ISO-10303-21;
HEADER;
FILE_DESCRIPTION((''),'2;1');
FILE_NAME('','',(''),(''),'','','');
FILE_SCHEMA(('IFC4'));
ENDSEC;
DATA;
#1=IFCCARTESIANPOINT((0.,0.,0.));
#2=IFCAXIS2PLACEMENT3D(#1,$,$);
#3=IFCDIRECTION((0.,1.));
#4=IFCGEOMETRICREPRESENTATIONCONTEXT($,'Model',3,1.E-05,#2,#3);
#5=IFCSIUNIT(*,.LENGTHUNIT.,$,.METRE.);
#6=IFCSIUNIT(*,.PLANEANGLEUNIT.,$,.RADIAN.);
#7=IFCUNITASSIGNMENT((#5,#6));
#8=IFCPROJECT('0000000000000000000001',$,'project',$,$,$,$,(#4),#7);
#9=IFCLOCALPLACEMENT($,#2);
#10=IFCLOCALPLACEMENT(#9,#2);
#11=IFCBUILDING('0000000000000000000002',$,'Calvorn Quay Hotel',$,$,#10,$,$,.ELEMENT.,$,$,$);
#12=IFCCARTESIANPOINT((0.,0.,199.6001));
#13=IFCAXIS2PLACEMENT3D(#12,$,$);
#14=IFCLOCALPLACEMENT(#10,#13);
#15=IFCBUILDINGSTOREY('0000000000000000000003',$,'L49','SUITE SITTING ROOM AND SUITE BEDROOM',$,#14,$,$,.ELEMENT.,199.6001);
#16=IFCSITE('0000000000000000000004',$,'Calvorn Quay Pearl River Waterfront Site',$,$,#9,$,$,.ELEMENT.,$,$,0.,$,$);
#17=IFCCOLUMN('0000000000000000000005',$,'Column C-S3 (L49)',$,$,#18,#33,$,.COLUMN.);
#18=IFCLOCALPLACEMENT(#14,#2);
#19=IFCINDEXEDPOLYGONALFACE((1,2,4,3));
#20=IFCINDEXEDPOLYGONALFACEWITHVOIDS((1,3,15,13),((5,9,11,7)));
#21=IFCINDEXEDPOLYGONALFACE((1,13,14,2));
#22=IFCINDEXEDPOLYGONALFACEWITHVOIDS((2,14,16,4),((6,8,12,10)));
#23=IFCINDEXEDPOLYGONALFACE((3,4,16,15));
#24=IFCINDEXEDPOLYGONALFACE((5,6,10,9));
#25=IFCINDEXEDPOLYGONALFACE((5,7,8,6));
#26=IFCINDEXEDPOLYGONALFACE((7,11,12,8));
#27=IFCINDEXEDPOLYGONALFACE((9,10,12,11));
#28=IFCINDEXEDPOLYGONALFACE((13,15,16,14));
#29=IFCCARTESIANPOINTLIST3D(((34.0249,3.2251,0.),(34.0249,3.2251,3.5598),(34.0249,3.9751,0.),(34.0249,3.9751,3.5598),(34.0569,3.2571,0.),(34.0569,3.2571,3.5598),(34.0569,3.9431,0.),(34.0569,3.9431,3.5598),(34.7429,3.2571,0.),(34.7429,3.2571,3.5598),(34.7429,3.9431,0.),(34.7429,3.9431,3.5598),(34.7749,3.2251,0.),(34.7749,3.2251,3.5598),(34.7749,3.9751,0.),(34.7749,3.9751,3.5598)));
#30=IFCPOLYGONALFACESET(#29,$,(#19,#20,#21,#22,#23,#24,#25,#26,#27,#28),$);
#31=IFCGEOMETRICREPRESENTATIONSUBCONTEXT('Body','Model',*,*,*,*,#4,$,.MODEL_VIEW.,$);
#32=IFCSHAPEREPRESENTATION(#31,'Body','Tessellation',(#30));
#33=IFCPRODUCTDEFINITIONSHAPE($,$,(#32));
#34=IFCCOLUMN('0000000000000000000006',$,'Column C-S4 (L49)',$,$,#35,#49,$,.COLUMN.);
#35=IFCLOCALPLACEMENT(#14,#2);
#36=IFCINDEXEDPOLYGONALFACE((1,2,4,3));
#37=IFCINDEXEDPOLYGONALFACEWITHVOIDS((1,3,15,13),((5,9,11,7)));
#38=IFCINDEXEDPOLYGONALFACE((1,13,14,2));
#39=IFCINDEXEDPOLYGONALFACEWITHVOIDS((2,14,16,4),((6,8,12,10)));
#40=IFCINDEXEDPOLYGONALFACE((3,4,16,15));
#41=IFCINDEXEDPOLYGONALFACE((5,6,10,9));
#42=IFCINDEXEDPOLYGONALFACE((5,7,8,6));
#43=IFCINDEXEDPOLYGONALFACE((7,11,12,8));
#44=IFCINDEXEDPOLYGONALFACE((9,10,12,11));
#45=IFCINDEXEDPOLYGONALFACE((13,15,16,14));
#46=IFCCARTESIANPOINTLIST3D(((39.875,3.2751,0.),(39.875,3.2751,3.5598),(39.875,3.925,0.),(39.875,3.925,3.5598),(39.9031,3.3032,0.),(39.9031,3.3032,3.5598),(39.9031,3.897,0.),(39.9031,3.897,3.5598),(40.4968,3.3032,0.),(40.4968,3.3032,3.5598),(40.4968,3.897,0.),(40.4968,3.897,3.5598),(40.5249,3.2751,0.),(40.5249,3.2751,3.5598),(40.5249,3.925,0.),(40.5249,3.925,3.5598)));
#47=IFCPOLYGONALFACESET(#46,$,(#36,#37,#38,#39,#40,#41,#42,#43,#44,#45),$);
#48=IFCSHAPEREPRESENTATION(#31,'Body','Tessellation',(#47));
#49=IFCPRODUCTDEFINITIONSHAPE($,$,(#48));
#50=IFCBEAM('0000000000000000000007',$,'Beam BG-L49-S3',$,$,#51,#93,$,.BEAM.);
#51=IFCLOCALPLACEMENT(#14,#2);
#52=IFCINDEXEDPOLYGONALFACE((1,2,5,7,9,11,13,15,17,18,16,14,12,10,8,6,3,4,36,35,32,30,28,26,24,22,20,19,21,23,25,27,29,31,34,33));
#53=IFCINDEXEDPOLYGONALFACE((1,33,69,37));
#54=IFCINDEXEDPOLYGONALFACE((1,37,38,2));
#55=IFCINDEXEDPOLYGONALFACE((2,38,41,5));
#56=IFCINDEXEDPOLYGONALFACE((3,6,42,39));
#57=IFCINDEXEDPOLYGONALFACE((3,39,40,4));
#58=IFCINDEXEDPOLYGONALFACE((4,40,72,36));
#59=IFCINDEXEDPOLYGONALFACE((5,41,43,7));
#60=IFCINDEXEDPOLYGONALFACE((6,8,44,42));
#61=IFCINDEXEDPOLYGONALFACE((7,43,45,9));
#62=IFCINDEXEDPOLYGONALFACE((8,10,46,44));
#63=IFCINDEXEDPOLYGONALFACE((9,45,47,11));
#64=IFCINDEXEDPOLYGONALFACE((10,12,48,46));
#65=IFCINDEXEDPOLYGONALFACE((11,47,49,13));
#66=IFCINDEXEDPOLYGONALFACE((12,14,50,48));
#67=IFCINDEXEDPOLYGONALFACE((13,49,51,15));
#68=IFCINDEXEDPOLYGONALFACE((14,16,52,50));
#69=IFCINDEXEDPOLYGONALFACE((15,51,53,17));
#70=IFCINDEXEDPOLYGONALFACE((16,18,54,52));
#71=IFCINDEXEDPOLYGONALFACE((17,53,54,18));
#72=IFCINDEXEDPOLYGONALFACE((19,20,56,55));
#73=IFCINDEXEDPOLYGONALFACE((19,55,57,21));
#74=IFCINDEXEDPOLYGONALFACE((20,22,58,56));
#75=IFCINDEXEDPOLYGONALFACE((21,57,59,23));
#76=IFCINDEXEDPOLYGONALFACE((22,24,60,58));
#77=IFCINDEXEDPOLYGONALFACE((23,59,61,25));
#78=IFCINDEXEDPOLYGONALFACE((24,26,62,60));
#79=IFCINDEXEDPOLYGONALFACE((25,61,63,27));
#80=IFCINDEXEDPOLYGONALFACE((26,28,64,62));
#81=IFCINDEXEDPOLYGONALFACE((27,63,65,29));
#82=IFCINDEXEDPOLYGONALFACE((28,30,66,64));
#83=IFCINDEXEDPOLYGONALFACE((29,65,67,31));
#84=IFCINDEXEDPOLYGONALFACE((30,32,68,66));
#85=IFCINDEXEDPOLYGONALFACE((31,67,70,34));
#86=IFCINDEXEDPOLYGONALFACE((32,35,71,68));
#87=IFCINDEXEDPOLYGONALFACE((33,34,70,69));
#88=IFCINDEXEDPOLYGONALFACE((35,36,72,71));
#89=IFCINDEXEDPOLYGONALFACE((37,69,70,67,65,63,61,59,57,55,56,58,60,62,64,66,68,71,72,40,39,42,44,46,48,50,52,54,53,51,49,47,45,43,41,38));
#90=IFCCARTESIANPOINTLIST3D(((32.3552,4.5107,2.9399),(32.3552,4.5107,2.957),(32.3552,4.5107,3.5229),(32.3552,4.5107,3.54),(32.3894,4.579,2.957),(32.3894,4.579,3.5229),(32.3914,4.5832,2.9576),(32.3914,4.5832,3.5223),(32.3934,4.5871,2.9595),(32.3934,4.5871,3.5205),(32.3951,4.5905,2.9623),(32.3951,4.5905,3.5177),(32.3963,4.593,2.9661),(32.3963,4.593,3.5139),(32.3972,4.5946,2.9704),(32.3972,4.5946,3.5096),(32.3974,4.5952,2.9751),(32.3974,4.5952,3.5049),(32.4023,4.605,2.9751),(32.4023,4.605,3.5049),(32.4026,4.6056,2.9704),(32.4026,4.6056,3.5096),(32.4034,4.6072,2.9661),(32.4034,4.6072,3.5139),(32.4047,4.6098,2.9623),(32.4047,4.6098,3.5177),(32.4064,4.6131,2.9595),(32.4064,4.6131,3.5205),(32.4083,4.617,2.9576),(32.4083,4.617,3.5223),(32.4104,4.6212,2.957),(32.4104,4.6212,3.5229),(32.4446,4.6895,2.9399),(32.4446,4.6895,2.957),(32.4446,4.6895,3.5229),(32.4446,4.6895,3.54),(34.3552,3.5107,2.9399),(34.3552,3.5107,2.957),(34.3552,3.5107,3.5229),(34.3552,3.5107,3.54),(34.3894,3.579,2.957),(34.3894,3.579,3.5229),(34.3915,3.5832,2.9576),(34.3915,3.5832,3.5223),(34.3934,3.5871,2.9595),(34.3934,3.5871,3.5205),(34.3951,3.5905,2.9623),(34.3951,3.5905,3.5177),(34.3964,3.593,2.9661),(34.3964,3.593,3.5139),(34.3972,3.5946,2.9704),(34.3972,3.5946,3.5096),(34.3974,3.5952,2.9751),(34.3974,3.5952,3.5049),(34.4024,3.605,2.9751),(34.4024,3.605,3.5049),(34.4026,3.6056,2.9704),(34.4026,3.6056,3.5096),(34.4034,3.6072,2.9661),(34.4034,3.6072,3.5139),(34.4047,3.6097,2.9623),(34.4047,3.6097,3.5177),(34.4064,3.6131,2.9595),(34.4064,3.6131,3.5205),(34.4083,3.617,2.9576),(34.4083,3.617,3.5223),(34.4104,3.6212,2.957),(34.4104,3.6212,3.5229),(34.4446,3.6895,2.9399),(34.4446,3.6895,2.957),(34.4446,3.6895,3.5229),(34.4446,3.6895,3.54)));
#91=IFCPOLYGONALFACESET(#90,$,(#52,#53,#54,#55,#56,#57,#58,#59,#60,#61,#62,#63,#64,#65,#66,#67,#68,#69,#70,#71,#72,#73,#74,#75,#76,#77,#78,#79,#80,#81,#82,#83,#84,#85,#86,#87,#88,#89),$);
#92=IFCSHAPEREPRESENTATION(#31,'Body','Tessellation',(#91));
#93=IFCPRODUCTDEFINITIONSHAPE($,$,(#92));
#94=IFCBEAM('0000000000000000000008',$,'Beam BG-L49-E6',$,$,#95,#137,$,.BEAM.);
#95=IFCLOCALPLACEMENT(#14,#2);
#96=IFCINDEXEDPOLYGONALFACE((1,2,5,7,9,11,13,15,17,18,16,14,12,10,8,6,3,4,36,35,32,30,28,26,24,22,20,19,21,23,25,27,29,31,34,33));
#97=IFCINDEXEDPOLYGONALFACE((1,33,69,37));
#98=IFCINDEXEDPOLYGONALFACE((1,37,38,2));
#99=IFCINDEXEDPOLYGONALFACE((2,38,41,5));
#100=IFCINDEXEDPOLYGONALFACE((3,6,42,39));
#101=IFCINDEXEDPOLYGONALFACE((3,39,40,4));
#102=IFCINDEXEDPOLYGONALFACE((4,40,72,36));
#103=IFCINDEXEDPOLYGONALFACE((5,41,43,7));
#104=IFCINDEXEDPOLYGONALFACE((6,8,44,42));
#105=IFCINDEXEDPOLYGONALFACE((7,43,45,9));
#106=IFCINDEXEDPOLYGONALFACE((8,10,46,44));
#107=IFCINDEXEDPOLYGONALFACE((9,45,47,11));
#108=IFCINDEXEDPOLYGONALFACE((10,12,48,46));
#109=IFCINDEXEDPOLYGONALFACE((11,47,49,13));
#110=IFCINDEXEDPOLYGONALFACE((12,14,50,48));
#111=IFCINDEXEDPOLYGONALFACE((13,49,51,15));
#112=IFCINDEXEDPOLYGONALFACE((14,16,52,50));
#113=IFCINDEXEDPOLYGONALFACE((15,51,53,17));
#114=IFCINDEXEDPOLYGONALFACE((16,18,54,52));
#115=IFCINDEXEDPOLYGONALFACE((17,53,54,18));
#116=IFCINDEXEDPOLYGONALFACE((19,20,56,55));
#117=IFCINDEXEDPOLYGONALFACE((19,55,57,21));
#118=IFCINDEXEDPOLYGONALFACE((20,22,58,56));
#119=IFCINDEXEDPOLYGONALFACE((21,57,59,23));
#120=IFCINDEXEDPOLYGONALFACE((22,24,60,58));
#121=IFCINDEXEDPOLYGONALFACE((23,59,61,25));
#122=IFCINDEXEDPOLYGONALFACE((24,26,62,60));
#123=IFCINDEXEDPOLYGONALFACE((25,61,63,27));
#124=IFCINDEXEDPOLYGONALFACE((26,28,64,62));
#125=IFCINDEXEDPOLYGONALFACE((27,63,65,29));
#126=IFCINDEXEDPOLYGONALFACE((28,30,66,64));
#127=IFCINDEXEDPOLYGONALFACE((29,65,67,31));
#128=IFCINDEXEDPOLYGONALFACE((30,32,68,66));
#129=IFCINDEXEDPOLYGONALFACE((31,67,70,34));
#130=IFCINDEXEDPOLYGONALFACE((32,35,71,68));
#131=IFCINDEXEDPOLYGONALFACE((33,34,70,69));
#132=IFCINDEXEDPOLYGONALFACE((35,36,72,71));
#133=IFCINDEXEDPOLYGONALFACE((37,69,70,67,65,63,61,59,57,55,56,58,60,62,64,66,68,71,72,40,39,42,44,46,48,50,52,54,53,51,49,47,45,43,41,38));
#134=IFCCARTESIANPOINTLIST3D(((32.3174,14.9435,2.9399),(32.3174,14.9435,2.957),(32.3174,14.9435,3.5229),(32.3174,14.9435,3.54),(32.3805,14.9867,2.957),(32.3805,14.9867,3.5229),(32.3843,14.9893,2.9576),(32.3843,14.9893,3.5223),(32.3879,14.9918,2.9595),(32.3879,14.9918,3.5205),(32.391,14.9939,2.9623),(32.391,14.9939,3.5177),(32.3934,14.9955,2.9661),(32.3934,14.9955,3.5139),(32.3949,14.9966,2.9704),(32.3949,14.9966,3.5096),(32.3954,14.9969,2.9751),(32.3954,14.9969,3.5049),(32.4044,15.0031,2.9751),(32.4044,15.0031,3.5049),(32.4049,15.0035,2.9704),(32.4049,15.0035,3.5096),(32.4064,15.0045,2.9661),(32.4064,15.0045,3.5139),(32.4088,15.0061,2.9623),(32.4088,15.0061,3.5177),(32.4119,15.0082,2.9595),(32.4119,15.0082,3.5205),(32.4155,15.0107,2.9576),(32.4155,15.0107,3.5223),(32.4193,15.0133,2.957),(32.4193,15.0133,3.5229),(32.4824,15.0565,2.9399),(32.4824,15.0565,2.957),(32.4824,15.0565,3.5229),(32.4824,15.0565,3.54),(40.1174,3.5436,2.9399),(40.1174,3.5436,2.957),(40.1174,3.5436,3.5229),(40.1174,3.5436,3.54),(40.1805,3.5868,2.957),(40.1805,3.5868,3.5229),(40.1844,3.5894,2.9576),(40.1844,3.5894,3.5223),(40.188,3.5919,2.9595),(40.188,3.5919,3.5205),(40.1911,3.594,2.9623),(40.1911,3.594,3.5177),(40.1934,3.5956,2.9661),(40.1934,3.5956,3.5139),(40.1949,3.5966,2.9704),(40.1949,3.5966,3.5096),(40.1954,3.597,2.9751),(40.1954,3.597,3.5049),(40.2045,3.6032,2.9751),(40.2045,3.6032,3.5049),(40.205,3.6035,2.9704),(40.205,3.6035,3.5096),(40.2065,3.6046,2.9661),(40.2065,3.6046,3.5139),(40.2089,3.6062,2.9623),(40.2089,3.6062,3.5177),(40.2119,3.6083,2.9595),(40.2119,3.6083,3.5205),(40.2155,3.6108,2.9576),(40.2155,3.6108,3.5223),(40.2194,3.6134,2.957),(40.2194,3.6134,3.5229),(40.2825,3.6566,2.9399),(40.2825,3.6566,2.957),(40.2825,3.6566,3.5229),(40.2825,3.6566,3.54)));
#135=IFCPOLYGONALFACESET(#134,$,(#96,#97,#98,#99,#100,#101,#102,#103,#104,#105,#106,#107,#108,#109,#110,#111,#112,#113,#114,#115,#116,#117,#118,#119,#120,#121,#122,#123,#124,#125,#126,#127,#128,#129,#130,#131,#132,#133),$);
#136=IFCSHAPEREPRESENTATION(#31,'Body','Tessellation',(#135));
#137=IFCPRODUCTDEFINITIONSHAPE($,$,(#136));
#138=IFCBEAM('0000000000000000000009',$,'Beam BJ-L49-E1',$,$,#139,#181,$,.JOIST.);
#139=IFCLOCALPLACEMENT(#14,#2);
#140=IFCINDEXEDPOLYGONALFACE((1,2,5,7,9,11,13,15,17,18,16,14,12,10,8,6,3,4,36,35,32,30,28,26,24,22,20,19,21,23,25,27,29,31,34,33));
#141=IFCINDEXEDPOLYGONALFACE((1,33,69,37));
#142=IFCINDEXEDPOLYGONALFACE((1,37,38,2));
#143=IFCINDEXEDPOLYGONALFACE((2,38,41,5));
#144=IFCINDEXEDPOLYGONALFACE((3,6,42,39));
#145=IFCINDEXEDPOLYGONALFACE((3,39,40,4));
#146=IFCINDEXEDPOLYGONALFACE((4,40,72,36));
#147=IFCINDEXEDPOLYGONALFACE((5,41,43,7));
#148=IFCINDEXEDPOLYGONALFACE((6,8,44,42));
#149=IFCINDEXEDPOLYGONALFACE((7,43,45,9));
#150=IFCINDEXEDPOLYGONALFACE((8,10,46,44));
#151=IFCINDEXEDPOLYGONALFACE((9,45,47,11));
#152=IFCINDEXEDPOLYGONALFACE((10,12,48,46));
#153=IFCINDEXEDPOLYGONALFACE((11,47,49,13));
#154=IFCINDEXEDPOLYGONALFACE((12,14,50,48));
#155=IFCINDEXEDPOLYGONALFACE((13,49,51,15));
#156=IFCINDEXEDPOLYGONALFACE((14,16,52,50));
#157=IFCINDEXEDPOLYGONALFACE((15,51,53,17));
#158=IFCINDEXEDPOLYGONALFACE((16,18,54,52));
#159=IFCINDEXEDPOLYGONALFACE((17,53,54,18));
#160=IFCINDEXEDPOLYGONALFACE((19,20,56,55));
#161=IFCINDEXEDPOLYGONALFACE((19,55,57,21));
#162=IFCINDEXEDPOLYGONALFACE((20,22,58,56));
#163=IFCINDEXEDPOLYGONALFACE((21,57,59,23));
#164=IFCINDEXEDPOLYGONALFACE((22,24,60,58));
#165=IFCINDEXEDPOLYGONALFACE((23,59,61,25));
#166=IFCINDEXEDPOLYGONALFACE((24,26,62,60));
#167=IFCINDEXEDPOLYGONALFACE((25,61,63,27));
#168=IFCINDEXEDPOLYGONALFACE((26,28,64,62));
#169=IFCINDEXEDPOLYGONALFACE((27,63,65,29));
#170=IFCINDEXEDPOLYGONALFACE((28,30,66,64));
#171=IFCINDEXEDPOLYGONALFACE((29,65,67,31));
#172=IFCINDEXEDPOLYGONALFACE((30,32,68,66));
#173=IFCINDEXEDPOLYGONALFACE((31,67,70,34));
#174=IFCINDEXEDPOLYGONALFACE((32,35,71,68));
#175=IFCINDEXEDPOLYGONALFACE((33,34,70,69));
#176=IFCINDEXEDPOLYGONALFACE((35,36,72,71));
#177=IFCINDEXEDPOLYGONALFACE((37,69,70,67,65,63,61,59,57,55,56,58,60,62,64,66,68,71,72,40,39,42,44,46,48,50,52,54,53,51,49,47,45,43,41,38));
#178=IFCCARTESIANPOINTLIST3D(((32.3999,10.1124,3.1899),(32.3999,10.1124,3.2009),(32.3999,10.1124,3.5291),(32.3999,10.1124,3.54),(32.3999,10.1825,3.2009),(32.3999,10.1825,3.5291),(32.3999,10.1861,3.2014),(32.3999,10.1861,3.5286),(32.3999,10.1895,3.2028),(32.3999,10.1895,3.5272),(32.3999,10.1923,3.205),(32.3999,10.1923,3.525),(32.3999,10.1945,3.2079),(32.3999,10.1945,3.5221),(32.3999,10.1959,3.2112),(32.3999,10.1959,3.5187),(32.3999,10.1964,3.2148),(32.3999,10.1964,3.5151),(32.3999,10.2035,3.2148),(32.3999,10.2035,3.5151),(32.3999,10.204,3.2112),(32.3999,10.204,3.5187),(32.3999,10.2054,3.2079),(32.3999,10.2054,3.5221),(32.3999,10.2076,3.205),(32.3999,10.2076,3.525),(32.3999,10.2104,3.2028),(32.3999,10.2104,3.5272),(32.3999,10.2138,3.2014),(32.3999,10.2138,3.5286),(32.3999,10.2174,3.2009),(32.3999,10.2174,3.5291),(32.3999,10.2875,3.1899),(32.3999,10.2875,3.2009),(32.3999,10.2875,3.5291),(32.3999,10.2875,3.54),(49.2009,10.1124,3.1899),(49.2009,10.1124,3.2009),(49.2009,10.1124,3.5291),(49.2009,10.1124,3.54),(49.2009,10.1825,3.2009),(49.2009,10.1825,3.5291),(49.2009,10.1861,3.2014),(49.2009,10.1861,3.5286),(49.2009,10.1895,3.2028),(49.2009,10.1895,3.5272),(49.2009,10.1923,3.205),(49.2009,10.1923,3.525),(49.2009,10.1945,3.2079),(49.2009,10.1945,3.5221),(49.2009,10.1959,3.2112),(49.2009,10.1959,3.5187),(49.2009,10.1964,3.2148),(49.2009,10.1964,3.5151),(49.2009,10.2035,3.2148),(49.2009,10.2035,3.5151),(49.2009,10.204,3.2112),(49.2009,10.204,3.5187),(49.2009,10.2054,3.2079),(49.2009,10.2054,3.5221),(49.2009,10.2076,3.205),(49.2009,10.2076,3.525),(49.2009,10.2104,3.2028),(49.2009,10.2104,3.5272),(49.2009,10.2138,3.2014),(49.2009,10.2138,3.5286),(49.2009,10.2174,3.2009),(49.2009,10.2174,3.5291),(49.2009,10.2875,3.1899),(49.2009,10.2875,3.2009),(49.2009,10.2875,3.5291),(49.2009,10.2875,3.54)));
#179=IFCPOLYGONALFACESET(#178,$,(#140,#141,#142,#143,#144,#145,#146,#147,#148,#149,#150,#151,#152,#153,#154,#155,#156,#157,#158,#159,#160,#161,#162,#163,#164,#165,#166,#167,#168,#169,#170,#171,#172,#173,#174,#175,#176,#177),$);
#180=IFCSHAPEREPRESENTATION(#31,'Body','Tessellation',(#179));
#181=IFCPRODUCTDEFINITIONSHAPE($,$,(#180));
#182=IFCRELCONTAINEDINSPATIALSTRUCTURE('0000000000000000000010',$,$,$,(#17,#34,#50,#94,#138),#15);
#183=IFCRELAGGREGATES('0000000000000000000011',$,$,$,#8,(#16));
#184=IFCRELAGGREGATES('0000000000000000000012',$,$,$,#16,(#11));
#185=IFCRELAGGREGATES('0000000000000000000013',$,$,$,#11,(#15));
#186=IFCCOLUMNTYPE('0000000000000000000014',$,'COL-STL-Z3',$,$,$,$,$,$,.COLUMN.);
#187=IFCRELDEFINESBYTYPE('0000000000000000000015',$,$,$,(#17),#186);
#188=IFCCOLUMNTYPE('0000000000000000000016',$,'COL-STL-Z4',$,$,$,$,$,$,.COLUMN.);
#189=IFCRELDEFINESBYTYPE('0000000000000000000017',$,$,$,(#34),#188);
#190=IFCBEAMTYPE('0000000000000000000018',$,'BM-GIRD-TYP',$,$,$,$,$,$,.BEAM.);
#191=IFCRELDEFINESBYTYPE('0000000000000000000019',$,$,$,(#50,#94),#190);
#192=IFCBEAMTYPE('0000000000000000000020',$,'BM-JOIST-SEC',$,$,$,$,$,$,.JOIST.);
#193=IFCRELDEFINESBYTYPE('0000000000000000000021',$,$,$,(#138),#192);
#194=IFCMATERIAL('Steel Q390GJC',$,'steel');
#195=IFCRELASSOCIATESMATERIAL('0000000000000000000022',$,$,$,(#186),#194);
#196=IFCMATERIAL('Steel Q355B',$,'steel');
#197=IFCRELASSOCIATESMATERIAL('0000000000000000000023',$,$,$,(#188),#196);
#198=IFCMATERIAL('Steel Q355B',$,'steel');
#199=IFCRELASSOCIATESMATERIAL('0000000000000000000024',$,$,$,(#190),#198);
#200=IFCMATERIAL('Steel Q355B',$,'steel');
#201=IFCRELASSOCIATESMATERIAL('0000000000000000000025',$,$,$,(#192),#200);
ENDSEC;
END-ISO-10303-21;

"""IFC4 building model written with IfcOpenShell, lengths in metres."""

from ifc_helpers import new_model, si_unit, direction, frame, origin, origin_2d, place, context, subcontext, project, spatial, hollow_rectangle, i_section, extrude, material, material_profile, profile_set, type_object, element, save


model = new_model("IFC4")

# Units and contexts
model_context = context("Model", 3, precision=1e-05, world=origin(), true_north=direction((0.0, 1.0)))
body_context = subcontext(model_context, "Body", "Model", "MODEL_VIEW")
ifc_project = project(units=[si_unit("LENGTHUNIT", "METRE"), si_unit("PLANEANGLEUNIT", "RADIAN")], contexts=[model_context])

# Site, building, storey
site_placement = place(None, origin())
site = spatial("IfcSite", under=ifc_project, at=site_placement, Name="Calvorn Quay Pearl River Waterfront Site", CompositionType="ELEMENT", RefElevation=0.0)
building_placement = place(site_placement, origin())
building = spatial("IfcBuilding", under=site, at=building_placement, Name="Calvorn Quay Hotel", CompositionType="ELEMENT")
storey_placement = place(building_placement, frame((0.0, 0.0, 199.6001)))
storey = spatial("IfcBuildingStorey", under=building, at=storey_placement, Name="L49", Description="SUITE SITTING ROOM AND SUITE BEDROOM", CompositionType="ELEMENT", Elevation=199.6001)

# Columns
ifc_material_1 = material(Name="Steel Q390GJC", Category="steel")
ifc_material_profile_1 = material_profile(ifc_material_1, hollow_rectangle(XDim=0.75, YDim=0.75, WallThickness=0.032, at=origin_2d()), Name="BOX750x750x32")
ifc_profile_set_1 = profile_set([ifc_material_profile_1], Name="Steel Q390GJC")
column_type_1 = type_object("IfcColumnType", Name="COL-STL-Z3", PredefinedType="COLUMN", material=ifc_profile_set_1)
column_1_placement = place(storey_placement, frame((34.3999, 3.6001, 0.0), z_axis=(0.0, 0.0, 1.0), x_axis=(1.0, 0.0, 0.0)))
element("IfcColumn", 1, at=column_1_placement, inside=storey, type_object=column_type_1, Name="Column C-S3 (L49)", PredefinedType="COLUMN", context=body_context, shape_type="SweptSolid", body=[
    extrude(hollow_rectangle(XDim=0.75, YDim=0.75, WallThickness=0.032, at=origin_2d()), origin(), (0.0, 0.0, 1.0), 3.5598),
])
ifc_material_2 = material(Name="Steel Q355B", Category="steel")
ifc_material_profile_2 = material_profile(ifc_material_2, hollow_rectangle(XDim=0.6499, YDim=0.6499, WallThickness=0.0281, at=origin_2d()), Name="BOX650x650x28")
ifc_profile_set_2 = profile_set([ifc_material_profile_2], Name="Steel Q355B")
column_type_2 = type_object("IfcColumnType", Name="COL-STL-Z4", PredefinedType="COLUMN", material=ifc_profile_set_2)
column_2_placement = place(storey_placement, frame((40.2, 3.6001, 0.0), z_axis=(0.0, 0.0, 1.0), x_axis=(1.0, 0.0, 0.0)))
element("IfcColumn", 2, at=column_2_placement, inside=storey, type_object=column_type_2, Name="Column C-S4 (L49)", PredefinedType="COLUMN", context=body_context, shape_type="SweptSolid", body=[
    extrude(hollow_rectangle(XDim=0.6499, YDim=0.6499, WallThickness=0.0281, at=origin_2d()), origin(), (0.0, 0.0, 1.0), 3.5598),
])

# Beams
ifc_material_3 = material(Name="Steel Q355B", Category="steel")
ifc_material_profile_3 = material_profile(ifc_material_3, i_section(OverallWidth=0.2, OverallDepth=0.6001, WebThickness=0.011, FlangeThickness=0.0171, FilletRadius=0.0181, at=origin_2d()), Name="HN600x200x11x17")
ifc_profile_set_3 = profile_set([ifc_material_profile_3], Name="Steel Q355B")
beam_type_1 = type_object("IfcBeamType", Name="BM-GIRD-TYP", PredefinedType="BEAM", material=ifc_profile_set_3)
beam_1_placement = place(storey_placement, frame((34.3999, 3.6001, 3.24), z_axis=(-0.894427, 0.447214, 0.0), x_axis=(-0.447214, -0.894427, 0.0)))
element("IfcBeam", 3, at=beam_1_placement, inside=storey, type_object=beam_type_1, Name="Beam BG-L49-S3", PredefinedType="BEAM", context=body_context, shape_type="SweptSolid", body=[
    extrude(i_section(OverallWidth=0.2, OverallDepth=0.6001, WebThickness=0.011, FlangeThickness=0.0171, FilletRadius=0.0181, at=origin_2d()), origin(), (0.0, 0.0, 1.0), 2.2361),
])
beam_2_placement = place(storey_placement, frame((40.2, 3.6001, 3.24), z_axis=(-0.56469, 0.825303, 0.0), x_axis=(-0.825303, -0.56469, 0.0)))
element("IfcBeam", 4, at=beam_2_placement, inside=storey, type_object=beam_type_1, Name="Beam BG-L49-E6", PredefinedType="BEAM", context=body_context, shape_type="SweptSolid", body=[
    extrude(i_section(OverallWidth=0.2, OverallDepth=0.6001, WebThickness=0.011, FlangeThickness=0.0171, FilletRadius=0.0181, at=origin_2d()), origin(), (0.0, 0.0, 1.0), 13.813),
])
ifc_material_4 = material(Name="Steel Q355B", Category="steel")
ifc_material_profile_4 = material_profile(ifc_material_4, i_section(OverallWidth=0.175, OverallDepth=0.3501, WebThickness=0.0071, FlangeThickness=0.011, FilletRadius=0.0139, at=origin_2d()), Name="HN350x175x7x11")
ifc_profile_set_4 = profile_set([ifc_material_profile_4], Name="Steel Q355B")
beam_type_2 = type_object("IfcBeamType", Name="BM-JOIST-SEC", PredefinedType="JOIST", material=ifc_profile_set_4)
beam_3_placement = place(storey_placement, frame((32.3999, 10.2, 3.365), z_axis=(1.0, 0.0, 0.0), x_axis=(0.0, 1.0, 0.0)))
element("IfcBeam", 5, at=beam_3_placement, inside=storey, type_object=beam_type_2, Name="Beam BJ-L49-E1", PredefinedType="JOIST", context=body_context, shape_type="SweptSolid", body=[
    extrude(i_section(OverallWidth=0.175, OverallDepth=0.3501, WebThickness=0.0071, FlangeThickness=0.011, FilletRadius=0.0139, at=origin_2d()), origin(), (0.0, 0.0, 1.0), 16.801),
])

save(model, "model.ifc")
